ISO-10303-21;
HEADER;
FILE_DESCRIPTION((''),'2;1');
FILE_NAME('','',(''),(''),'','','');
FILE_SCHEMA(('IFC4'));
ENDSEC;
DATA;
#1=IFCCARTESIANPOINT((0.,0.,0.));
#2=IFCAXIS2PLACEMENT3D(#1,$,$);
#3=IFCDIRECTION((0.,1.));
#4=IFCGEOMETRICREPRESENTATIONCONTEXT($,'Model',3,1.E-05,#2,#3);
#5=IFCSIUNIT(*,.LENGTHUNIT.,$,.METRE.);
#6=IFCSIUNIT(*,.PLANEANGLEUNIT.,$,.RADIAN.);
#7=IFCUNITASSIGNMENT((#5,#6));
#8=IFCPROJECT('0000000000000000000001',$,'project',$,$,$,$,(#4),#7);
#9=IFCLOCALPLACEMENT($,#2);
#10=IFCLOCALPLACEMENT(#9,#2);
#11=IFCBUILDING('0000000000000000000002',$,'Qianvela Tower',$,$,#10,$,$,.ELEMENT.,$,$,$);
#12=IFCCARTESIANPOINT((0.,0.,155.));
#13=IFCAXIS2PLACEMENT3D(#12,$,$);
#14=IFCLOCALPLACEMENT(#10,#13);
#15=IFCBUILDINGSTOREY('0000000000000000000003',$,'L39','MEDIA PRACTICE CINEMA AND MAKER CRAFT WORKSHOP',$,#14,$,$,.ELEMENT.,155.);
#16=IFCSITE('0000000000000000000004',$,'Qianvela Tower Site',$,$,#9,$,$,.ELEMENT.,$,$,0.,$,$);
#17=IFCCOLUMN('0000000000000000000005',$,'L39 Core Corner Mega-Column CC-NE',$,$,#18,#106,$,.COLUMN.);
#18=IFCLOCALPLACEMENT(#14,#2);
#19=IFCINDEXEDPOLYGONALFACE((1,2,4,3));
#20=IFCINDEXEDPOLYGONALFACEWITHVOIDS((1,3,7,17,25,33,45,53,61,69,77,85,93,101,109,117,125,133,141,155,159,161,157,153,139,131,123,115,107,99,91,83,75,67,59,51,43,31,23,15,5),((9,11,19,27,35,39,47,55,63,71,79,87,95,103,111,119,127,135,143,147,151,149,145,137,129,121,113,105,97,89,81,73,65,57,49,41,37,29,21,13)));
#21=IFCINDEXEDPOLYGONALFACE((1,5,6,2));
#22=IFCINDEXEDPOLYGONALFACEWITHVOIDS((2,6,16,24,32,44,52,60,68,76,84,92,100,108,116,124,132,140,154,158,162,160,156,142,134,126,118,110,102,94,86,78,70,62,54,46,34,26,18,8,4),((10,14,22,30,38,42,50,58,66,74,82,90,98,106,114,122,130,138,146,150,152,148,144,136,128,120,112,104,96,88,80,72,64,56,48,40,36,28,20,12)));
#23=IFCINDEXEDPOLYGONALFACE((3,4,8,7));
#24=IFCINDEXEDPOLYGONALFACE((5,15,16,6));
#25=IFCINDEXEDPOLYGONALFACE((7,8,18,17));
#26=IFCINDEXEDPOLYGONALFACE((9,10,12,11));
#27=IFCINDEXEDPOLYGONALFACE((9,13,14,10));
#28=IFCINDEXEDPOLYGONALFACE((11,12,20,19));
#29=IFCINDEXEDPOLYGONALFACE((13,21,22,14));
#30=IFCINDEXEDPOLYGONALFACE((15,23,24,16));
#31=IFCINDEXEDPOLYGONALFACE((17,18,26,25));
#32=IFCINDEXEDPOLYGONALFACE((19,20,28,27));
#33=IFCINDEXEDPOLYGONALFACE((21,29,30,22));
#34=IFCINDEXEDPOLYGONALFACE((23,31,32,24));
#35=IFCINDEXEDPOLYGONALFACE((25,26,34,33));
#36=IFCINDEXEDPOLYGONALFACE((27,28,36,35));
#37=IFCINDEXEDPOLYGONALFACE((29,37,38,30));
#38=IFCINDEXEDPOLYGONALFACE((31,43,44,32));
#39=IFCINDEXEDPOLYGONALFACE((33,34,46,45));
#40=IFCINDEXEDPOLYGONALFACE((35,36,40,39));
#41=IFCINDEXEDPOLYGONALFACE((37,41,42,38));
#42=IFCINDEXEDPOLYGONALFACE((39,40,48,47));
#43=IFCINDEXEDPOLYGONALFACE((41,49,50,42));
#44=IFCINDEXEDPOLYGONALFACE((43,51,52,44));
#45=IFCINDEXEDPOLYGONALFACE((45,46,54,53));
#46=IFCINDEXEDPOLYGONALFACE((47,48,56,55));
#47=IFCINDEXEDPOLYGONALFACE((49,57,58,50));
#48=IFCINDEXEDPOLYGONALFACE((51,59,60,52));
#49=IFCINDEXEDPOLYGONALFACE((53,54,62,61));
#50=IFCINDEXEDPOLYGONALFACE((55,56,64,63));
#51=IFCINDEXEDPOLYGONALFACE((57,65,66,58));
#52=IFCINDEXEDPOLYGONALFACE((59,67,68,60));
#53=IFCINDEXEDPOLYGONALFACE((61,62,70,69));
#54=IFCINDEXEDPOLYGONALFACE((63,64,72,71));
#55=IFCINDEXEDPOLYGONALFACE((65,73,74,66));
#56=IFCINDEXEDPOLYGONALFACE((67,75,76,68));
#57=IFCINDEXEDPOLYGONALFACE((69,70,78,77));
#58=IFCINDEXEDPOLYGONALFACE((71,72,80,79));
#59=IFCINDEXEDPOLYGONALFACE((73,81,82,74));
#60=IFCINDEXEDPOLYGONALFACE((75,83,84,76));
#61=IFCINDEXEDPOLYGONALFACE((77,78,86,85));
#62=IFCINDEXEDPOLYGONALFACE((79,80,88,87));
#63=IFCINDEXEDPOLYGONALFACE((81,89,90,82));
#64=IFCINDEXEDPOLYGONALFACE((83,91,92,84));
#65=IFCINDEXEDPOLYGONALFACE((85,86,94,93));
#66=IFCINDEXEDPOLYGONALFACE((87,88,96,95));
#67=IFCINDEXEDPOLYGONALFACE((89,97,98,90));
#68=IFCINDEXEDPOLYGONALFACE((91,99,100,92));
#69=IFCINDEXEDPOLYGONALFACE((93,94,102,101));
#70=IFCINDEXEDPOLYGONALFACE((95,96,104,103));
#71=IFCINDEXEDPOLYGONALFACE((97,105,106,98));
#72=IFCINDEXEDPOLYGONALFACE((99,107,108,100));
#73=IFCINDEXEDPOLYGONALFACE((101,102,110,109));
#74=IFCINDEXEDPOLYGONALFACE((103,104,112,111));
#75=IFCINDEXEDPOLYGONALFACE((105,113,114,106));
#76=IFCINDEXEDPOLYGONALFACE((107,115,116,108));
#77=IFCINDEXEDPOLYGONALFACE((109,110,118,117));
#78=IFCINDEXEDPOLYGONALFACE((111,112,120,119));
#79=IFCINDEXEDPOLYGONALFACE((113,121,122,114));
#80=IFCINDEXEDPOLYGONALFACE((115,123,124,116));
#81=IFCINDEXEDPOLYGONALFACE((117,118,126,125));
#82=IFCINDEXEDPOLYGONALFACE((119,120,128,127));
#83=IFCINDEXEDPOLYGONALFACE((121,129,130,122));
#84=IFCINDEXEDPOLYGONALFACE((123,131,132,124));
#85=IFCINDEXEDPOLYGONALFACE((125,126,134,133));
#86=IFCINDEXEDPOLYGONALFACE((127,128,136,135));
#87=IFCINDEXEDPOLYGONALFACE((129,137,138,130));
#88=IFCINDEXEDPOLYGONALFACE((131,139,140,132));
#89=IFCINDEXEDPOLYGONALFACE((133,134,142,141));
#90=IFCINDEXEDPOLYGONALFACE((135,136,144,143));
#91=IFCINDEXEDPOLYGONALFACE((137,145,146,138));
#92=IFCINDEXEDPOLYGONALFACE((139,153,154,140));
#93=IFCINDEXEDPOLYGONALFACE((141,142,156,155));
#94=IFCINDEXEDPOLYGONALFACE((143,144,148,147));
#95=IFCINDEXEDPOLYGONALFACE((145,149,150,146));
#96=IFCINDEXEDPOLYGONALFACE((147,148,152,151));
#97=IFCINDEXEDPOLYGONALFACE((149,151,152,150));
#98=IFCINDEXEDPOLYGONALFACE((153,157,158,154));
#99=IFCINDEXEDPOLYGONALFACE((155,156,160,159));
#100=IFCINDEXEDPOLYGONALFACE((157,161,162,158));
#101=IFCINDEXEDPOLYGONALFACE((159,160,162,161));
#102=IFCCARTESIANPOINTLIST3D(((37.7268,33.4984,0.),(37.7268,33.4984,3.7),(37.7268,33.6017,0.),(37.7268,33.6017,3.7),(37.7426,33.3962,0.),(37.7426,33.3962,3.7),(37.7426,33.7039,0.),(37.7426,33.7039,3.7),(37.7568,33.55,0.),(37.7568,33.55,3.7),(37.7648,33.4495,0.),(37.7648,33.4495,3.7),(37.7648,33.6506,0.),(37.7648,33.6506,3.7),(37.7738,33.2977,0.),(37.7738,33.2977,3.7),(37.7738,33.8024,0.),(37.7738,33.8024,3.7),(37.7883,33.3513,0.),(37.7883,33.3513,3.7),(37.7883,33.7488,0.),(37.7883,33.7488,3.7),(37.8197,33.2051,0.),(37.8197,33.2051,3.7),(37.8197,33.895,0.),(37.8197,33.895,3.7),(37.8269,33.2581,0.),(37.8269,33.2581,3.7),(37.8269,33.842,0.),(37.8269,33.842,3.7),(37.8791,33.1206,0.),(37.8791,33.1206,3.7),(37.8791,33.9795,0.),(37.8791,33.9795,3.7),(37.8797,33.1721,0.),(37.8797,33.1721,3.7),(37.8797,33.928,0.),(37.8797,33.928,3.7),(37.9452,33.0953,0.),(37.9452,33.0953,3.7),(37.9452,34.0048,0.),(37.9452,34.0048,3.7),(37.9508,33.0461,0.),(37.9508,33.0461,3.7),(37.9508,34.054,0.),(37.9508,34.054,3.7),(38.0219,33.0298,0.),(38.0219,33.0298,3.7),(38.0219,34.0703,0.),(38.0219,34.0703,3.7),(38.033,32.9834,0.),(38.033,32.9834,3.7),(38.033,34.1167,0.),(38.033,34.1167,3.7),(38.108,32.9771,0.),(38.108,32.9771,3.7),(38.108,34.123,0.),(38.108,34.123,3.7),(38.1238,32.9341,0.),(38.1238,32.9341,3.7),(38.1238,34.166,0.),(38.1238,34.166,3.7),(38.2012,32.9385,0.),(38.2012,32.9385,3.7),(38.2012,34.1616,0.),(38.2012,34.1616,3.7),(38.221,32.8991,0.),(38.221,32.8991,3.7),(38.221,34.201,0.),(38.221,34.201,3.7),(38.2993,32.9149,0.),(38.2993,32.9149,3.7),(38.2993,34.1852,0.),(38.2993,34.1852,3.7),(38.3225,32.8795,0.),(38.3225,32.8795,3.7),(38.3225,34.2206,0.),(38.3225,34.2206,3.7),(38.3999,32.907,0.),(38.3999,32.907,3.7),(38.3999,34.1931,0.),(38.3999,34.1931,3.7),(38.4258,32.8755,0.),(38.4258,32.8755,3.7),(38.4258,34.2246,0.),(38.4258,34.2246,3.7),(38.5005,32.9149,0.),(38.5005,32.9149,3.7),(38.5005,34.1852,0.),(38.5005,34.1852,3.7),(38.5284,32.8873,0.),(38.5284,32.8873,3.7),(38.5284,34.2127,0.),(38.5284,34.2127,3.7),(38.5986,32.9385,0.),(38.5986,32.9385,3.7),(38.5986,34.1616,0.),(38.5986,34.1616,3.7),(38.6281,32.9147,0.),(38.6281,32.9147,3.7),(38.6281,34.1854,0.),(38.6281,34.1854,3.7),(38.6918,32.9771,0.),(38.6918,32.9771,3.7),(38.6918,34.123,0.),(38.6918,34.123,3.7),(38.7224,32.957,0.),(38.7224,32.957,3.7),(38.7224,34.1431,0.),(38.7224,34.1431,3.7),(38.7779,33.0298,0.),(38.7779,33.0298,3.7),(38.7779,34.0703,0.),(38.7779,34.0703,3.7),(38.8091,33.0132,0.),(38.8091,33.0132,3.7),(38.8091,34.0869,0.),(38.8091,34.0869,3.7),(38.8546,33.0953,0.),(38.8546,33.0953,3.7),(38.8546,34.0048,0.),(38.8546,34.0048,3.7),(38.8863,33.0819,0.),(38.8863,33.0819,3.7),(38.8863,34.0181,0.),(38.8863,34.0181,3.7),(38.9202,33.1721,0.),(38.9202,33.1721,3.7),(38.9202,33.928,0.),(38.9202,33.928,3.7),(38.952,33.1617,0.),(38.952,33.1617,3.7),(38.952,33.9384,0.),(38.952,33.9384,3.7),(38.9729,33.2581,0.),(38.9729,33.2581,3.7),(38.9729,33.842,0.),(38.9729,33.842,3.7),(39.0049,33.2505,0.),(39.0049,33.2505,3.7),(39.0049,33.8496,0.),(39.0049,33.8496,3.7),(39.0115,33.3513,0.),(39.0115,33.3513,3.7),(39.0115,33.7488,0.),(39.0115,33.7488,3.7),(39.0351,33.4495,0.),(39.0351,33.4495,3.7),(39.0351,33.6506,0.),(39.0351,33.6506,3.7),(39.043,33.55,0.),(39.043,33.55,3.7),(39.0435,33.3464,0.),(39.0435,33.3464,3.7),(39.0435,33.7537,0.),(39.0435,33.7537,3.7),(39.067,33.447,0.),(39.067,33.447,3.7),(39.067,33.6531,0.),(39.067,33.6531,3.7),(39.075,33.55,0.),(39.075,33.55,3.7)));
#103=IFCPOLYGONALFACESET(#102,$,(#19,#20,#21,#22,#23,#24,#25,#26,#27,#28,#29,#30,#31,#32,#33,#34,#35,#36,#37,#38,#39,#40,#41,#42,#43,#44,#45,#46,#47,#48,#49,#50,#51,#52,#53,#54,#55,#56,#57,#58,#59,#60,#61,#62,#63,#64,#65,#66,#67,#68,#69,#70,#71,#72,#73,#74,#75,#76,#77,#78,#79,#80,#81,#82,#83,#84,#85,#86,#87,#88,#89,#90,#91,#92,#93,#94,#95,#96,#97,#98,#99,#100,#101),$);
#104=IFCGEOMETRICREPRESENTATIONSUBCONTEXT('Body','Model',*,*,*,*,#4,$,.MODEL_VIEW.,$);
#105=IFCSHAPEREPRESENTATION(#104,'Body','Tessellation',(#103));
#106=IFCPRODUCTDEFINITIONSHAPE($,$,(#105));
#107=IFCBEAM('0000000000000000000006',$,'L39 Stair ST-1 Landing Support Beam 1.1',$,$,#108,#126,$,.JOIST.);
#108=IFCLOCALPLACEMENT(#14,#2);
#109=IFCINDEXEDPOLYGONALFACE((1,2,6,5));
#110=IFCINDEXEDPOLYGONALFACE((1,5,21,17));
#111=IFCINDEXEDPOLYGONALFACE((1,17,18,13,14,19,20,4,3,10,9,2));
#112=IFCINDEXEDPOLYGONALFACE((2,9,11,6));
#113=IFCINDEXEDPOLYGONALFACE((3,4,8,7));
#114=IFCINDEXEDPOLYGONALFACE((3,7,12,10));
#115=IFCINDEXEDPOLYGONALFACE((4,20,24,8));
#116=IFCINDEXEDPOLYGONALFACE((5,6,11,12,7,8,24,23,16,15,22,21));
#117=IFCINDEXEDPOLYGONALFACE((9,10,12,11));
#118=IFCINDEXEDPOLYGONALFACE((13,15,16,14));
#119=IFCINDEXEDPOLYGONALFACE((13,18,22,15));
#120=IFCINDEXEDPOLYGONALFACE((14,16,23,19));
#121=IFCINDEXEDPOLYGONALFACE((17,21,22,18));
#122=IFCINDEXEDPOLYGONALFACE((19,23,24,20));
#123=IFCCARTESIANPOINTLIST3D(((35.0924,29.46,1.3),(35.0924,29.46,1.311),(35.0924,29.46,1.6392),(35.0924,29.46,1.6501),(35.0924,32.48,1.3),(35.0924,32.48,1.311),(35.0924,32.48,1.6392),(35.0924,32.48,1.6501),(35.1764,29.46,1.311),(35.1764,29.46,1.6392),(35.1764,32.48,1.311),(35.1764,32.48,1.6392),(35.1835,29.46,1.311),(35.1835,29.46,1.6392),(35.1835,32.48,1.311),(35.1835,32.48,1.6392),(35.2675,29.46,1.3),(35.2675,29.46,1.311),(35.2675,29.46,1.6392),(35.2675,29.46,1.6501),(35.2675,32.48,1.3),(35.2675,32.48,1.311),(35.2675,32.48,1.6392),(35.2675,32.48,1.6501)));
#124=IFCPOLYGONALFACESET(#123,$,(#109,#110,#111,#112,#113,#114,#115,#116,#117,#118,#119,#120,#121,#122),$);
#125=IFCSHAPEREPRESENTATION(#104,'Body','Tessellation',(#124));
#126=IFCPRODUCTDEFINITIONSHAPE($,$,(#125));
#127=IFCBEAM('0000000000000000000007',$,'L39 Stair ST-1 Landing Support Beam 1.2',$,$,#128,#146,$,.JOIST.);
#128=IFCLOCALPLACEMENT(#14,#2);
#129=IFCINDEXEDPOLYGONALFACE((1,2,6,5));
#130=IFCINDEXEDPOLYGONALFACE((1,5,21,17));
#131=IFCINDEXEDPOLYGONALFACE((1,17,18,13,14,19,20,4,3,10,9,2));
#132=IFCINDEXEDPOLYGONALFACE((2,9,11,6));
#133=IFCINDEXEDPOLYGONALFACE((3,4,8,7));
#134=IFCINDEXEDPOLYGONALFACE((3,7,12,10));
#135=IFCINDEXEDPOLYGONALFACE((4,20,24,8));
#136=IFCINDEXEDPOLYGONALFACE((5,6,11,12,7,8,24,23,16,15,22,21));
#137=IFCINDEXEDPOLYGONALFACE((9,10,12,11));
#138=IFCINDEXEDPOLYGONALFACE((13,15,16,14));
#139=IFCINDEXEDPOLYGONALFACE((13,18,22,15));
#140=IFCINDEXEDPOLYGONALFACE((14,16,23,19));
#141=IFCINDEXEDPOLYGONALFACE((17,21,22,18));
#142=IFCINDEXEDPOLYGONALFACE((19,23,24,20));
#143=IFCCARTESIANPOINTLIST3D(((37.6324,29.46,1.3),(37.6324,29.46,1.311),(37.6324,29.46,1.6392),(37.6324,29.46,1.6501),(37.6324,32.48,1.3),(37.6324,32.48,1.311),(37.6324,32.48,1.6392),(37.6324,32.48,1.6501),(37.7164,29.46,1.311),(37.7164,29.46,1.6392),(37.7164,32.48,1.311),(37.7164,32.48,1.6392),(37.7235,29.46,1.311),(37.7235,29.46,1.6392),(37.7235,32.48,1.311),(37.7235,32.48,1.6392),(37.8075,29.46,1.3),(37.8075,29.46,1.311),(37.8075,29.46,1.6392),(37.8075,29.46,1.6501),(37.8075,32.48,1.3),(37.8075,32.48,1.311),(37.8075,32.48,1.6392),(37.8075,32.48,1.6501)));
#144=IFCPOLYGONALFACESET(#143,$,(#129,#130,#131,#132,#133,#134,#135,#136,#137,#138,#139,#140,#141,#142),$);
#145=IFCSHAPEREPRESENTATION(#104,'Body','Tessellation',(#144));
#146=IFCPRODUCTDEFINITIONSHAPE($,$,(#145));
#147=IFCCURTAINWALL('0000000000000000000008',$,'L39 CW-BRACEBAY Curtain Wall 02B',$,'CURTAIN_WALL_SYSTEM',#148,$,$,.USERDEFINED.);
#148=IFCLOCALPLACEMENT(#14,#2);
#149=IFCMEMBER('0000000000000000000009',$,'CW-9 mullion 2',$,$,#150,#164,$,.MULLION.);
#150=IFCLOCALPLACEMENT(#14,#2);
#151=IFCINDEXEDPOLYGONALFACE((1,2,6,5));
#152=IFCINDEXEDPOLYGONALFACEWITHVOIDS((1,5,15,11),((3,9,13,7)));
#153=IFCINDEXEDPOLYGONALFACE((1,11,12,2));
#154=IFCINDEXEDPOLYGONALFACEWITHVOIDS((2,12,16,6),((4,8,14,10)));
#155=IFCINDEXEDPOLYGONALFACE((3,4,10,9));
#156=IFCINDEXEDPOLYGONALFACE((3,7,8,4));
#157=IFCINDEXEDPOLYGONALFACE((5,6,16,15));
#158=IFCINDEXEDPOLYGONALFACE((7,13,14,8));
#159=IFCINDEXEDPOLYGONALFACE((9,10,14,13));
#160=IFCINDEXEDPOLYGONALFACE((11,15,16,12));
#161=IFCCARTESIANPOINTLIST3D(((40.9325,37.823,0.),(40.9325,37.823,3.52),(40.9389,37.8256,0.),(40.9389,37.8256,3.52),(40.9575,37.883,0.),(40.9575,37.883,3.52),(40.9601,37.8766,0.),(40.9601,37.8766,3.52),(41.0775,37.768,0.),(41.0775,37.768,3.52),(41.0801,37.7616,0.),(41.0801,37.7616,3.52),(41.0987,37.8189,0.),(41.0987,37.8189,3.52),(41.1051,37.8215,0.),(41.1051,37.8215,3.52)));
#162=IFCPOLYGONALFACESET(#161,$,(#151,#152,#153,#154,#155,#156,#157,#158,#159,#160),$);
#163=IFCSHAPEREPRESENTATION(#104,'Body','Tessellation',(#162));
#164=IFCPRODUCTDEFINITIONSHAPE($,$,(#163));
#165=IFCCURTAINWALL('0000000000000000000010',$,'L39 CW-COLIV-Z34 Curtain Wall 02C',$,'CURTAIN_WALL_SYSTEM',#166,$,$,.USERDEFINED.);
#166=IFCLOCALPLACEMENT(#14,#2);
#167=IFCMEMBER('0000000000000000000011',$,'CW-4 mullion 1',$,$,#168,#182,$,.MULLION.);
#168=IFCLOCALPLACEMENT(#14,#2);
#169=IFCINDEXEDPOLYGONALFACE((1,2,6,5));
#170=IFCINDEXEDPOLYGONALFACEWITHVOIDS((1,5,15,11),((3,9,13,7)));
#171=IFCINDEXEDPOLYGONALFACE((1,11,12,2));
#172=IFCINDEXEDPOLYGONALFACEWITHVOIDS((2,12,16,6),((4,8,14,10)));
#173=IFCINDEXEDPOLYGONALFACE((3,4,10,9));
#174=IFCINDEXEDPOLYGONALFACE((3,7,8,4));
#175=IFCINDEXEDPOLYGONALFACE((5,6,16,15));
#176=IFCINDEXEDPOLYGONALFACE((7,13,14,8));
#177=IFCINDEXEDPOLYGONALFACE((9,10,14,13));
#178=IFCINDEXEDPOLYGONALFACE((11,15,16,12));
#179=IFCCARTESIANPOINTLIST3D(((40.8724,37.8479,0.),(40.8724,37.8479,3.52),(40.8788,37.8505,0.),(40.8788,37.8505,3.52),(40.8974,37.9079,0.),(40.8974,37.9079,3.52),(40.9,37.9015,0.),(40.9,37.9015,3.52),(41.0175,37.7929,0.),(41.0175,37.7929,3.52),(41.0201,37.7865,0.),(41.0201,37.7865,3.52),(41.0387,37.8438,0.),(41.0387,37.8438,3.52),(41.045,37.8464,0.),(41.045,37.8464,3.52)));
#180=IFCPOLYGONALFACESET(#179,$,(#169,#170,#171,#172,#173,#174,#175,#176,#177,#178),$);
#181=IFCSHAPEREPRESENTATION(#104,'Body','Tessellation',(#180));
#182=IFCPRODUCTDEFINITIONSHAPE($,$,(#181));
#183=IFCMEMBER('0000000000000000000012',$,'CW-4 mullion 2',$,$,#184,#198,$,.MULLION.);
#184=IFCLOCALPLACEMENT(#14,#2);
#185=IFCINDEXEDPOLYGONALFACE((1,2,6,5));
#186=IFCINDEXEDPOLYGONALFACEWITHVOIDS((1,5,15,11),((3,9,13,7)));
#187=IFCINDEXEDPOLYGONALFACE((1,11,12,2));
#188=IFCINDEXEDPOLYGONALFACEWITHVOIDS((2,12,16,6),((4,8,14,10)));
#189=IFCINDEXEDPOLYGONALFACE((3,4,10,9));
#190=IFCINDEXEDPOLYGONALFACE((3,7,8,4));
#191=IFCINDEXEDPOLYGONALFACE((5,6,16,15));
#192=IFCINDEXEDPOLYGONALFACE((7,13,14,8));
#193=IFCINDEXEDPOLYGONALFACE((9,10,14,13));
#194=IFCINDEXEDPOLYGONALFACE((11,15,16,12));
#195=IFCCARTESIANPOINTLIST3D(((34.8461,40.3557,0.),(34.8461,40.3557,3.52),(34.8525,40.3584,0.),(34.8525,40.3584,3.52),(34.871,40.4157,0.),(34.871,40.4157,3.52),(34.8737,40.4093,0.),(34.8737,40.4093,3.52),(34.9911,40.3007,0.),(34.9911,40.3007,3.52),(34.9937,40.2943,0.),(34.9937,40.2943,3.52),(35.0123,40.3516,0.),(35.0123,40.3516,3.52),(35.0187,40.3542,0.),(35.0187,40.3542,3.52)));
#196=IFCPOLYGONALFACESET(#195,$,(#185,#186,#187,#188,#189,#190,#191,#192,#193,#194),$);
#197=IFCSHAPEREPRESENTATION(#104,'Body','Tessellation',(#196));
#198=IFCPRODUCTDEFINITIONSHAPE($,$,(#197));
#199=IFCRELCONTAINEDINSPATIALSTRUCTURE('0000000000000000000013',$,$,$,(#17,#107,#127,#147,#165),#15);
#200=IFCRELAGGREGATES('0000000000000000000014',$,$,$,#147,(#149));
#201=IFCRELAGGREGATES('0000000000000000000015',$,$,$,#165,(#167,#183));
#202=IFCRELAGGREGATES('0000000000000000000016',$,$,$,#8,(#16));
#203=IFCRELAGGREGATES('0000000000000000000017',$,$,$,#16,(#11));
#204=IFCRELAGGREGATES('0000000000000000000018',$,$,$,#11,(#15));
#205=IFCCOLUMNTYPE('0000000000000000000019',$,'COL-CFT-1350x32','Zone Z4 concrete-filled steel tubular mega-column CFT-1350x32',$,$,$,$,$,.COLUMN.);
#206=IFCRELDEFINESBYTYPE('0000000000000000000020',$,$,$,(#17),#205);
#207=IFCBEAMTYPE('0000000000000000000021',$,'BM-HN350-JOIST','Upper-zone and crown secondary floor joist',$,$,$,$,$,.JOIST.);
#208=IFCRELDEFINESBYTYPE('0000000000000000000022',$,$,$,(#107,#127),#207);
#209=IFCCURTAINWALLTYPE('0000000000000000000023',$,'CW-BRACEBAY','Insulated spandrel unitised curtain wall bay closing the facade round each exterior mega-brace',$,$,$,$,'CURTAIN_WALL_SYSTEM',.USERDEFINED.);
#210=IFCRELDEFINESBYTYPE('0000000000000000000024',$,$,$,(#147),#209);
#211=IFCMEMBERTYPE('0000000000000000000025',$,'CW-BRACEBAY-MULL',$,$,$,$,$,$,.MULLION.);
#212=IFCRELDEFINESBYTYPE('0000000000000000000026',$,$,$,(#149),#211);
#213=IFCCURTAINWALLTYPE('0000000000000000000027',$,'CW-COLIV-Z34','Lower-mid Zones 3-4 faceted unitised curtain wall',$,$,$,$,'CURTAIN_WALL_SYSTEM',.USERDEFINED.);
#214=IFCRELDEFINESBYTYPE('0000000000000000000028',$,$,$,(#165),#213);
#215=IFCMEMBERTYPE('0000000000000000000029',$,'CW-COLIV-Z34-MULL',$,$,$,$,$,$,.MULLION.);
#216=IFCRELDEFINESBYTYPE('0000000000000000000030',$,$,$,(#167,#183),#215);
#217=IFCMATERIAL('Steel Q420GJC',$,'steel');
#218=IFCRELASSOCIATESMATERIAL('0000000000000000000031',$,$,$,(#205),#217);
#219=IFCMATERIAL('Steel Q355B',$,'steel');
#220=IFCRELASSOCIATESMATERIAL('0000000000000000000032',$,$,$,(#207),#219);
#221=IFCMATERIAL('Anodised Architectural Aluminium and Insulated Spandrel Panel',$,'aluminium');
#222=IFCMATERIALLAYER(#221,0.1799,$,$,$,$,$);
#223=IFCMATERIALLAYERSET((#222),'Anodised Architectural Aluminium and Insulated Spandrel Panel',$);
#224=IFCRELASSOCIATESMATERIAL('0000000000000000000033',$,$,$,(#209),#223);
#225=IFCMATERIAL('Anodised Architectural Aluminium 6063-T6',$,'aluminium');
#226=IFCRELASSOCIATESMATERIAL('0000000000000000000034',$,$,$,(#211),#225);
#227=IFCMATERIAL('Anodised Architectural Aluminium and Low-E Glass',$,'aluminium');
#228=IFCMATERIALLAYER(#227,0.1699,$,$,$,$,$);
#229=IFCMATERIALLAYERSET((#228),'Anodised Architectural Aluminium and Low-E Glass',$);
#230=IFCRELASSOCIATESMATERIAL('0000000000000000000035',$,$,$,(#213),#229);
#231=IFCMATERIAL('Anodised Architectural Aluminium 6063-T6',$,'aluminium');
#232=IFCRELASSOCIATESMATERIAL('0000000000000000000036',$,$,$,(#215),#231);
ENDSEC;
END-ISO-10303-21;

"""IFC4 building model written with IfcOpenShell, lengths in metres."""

from ifc_helpers import new_model, si_unit, direction, frame, origin, origin_2d, place, context, subcontext, project, spatial, hollow_rectangle, hollow_circle, i_section, extrude, material, layer, layer_set, material_profile, profile_set, type_object, element, aggregate, save


model = new_model("IFC4")

# Units and contexts
model_context = context("Model", 3, precision=1e-05, world=origin(), true_north=direction((0.0, 1.0)))
body_context = subcontext(model_context, "Body", "Model", "MODEL_VIEW")
ifc_project = project(units=[si_unit("LENGTHUNIT", "METRE"), si_unit("PLANEANGLEUNIT", "RADIAN")], contexts=[model_context])

# Site, building, storey
site_placement = place(None, origin())
site = spatial("IfcSite", under=ifc_project, at=site_placement, Name="Qianvela Tower Site", CompositionType="ELEMENT", RefElevation=0.0)
building_placement = place(site_placement, origin())
building = spatial("IfcBuilding", under=site, at=building_placement, Name="Qianvela Tower", CompositionType="ELEMENT")
storey_placement = place(building_placement, frame((0.0, 0.0, 155.0)))
storey = spatial("IfcBuildingStorey", under=building, at=storey_placement, Name="L39", Description="MEDIA PRACTICE CINEMA AND MAKER CRAFT WORKSHOP", CompositionType="ELEMENT", Elevation=155.0)

# Column
ifc_material_1 = material(Name="Steel Q420GJC", Category="steel")
ifc_material_profile_1 = material_profile(ifc_material_1, hollow_circle(Radius=0.675, WallThickness=0.032, at=origin_2d()), Name="CFT-1350x32")
ifc_profile_set_1 = profile_set([ifc_material_profile_1], Name="Steel Q420GJC")
column_type = type_object("IfcColumnType", Name="COL-CFT-1350x32", Description="Zone Z4 concrete-filled steel tubular mega-column CFT-1350x32", PredefinedType="COLUMN", material=ifc_profile_set_1)
column_placement = place(storey_placement, frame((38.3999, 33.55, 0.0), z_axis=(0.0, 0.0, 1.0), x_axis=(1.0, 0.0, 0.0)))
element("IfcColumn", 1, at=column_placement, inside=storey, type_object=column_type, Name="L39 Core Corner Mega-Column CC-NE", PredefinedType="COLUMN", context=body_context, shape_type="SweptSolid", body=[
    extrude(hollow_circle(Radius=0.675, WallThickness=0.032, at=origin_2d()), origin(), (0.0, 0.0, 1.0), 3.7),
])

# Beams
ifc_material_2 = material(Name="Steel Q355B", Category="steel")
ifc_material_profile_2 = material_profile(ifc_material_2, i_section(OverallWidth=0.175, OverallDepth=0.3501, WebThickness=0.0071, FlangeThickness=0.011, at=origin_2d()), Name="HN350x175x7x11")
ifc_profile_set_2 = profile_set([ifc_material_profile_2], Name="Steel Q355B")
beam_type = type_object("IfcBeamType", Name="BM-HN350-JOIST", Description="Upper-zone and crown secondary floor joist", PredefinedType="JOIST", material=ifc_profile_set_2)
for number, where, z_axis, x_axis, name in (
    (2, (35.1799, 29.46, 1.4751), (0.0, 1.0, 0.0), (-1.0, 0.0, 0.0), "L39 Stair ST-1 Landing Support Beam 1.1"),
    (3, (37.72, 29.46, 1.4751), (0.0, 1.0, 0.0), (-1.0, 0.0, 0.0), "L39 Stair ST-1 Landing Support Beam 1.2"),
):
    element("IfcBeam", number, at=place(storey_placement, frame(where, z_axis=z_axis, x_axis=x_axis)), inside=storey, type_object=beam_type, Name=name, PredefinedType="JOIST", context=body_context, shape_type="SweptSolid", body=[
        extrude(i_section(OverallWidth=0.175, OverallDepth=0.3501, WebThickness=0.0071, FlangeThickness=0.011, at=origin_2d()), origin(), (0.0, 0.0, 1.0), 3.02),
    ])

# Curtain wall, member
ifc_material_3 = material(Name="Anodised Architectural Aluminium and Insulated Spandrel Panel", Category="aluminium")
ifc_layer_1 = layer(ifc_material_3, 0.1799)
ifc_layer_set_1 = layer_set([ifc_layer_1], Name="Anodised Architectural Aluminium and Insulated Spandrel Panel")
curtain_wall_type_1 = type_object("IfcCurtainWallType", Name="CW-BRACEBAY", Description="Insulated spandrel unitised curtain wall bay closing the facade round each exterior mega-brace", ElementType="CURTAIN_WALL_SYSTEM", PredefinedType="USERDEFINED", material=ifc_layer_set_1)
curtain_wall_1_placement = place(storey_placement, origin())
curtain_wall_1 = element("IfcCurtainWall", 4, at=curtain_wall_1_placement, inside=storey, type_object=curtain_wall_type_1, Name="L39 CW-BRACEBAY Curtain Wall 02B", ObjectType="CURTAIN_WALL_SYSTEM", PredefinedType="USERDEFINED")
ifc_material_4 = material(Name="Anodised Architectural Aluminium 6063-T6", Category="aluminium")
ifc_material_profile_3 = material_profile(ifc_material_4, hollow_rectangle(XDim=0.0649, YDim=0.1599, WallThickness=0.0049, at=origin_2d()), Name="ALU-MULL-65x160")
ifc_profile_set_3 = profile_set([ifc_material_profile_3], Name="Anodised Architectural Aluminium 6063-T6")
member_type_1 = type_object("IfcMemberType", Name="CW-BRACEBAY-MULL", PredefinedType="MULLION", material=ifc_profile_set_3)
member_1_placement = place(storey_placement, frame((41.0188, 37.8223, 0.0), z_axis=(0.0, 0.0, 1.0), x_axis=(-0.384176, -0.92326, 0.0)))
member_1 = element("IfcMember", 5, at=member_1_placement, type_object=member_type_1, Name="CW-9 mullion 2", PredefinedType="MULLION", context=body_context, shape_type="SweptSolid", body=[
    extrude(hollow_rectangle(XDim=0.0649, YDim=0.1599, WallThickness=0.0049, at=origin_2d()), origin(), (0.0, 0.0, 1.0), 3.52),
])
aggregate(curtain_wall_1, [member_1])

# Curtain wall, members
ifc_material_5 = material(Name="Anodised Architectural Aluminium and Low-E Glass", Category="aluminium")
ifc_layer_2 = layer(ifc_material_5, 0.1699)
ifc_layer_set_2 = layer_set([ifc_layer_2], Name="Anodised Architectural Aluminium and Low-E Glass")
curtain_wall_type_2 = type_object("IfcCurtainWallType", Name="CW-COLIV-Z34", Description="Lower-mid Zones 3-4 faceted unitised curtain wall", ElementType="CURTAIN_WALL_SYSTEM", PredefinedType="USERDEFINED", material=ifc_layer_set_2)
curtain_wall_2_placement = place(storey_placement, origin())
curtain_wall_2 = element("IfcCurtainWall", 6, at=curtain_wall_2_placement, inside=storey, type_object=curtain_wall_type_2, Name="L39 CW-COLIV-Z34 Curtain Wall 02C", ObjectType="CURTAIN_WALL_SYSTEM", PredefinedType="USERDEFINED")
ifc_material_6 = material(Name="Anodised Architectural Aluminium 6063-T6", Category="aluminium")
ifc_material_profile_4 = material_profile(ifc_material_6, hollow_rectangle(XDim=0.0649, YDim=0.1599, WallThickness=0.0049, at=origin_2d()), Name="ALU-MULL-65x160")
ifc_profile_set_4 = profile_set([ifc_material_profile_4], Name="Anodised Architectural Aluminium 6063-T6")
member_type_2 = type_object("IfcMemberType", Name="CW-COLIV-Z34-MULL", PredefinedType="MULLION", material=ifc_profile_set_4)
member_2_placement = place(storey_placement, frame((40.9587, 37.8472, 0.0), z_axis=(0.0, 0.0, 1.0), x_axis=(-0.384187, -0.923255, 0.0)))
member_2 = element("IfcMember", 7, at=member_2_placement, type_object=member_type_2, Name="CW-4 mullion 1", PredefinedType="MULLION", context=body_context, shape_type="SweptSolid", body=[
    extrude(hollow_rectangle(XDim=0.0649, YDim=0.1599, WallThickness=0.0049, at=origin_2d()), origin(), (0.0, 0.0, 1.0), 3.52),
])
member_3_placement = place(storey_placement, frame((34.9324, 40.355, 0.0), z_axis=(0.0, 0.0, 1.0), x_axis=(-0.384187, -0.923255, 0.0)))
member_3 = element("IfcMember", 8, at=member_3_placement, type_object=member_type_2, Name="CW-4 mullion 2", PredefinedType="MULLION", context=body_context, shape_type="SweptSolid", body=[
    extrude(hollow_rectangle(XDim=0.0649, YDim=0.1599, WallThickness=0.0049, at=origin_2d()), origin(), (0.0, 0.0, 1.0), 3.52),
])
aggregate(curtain_wall_2, [member_2, member_3])

save(model, "model.ifc")
